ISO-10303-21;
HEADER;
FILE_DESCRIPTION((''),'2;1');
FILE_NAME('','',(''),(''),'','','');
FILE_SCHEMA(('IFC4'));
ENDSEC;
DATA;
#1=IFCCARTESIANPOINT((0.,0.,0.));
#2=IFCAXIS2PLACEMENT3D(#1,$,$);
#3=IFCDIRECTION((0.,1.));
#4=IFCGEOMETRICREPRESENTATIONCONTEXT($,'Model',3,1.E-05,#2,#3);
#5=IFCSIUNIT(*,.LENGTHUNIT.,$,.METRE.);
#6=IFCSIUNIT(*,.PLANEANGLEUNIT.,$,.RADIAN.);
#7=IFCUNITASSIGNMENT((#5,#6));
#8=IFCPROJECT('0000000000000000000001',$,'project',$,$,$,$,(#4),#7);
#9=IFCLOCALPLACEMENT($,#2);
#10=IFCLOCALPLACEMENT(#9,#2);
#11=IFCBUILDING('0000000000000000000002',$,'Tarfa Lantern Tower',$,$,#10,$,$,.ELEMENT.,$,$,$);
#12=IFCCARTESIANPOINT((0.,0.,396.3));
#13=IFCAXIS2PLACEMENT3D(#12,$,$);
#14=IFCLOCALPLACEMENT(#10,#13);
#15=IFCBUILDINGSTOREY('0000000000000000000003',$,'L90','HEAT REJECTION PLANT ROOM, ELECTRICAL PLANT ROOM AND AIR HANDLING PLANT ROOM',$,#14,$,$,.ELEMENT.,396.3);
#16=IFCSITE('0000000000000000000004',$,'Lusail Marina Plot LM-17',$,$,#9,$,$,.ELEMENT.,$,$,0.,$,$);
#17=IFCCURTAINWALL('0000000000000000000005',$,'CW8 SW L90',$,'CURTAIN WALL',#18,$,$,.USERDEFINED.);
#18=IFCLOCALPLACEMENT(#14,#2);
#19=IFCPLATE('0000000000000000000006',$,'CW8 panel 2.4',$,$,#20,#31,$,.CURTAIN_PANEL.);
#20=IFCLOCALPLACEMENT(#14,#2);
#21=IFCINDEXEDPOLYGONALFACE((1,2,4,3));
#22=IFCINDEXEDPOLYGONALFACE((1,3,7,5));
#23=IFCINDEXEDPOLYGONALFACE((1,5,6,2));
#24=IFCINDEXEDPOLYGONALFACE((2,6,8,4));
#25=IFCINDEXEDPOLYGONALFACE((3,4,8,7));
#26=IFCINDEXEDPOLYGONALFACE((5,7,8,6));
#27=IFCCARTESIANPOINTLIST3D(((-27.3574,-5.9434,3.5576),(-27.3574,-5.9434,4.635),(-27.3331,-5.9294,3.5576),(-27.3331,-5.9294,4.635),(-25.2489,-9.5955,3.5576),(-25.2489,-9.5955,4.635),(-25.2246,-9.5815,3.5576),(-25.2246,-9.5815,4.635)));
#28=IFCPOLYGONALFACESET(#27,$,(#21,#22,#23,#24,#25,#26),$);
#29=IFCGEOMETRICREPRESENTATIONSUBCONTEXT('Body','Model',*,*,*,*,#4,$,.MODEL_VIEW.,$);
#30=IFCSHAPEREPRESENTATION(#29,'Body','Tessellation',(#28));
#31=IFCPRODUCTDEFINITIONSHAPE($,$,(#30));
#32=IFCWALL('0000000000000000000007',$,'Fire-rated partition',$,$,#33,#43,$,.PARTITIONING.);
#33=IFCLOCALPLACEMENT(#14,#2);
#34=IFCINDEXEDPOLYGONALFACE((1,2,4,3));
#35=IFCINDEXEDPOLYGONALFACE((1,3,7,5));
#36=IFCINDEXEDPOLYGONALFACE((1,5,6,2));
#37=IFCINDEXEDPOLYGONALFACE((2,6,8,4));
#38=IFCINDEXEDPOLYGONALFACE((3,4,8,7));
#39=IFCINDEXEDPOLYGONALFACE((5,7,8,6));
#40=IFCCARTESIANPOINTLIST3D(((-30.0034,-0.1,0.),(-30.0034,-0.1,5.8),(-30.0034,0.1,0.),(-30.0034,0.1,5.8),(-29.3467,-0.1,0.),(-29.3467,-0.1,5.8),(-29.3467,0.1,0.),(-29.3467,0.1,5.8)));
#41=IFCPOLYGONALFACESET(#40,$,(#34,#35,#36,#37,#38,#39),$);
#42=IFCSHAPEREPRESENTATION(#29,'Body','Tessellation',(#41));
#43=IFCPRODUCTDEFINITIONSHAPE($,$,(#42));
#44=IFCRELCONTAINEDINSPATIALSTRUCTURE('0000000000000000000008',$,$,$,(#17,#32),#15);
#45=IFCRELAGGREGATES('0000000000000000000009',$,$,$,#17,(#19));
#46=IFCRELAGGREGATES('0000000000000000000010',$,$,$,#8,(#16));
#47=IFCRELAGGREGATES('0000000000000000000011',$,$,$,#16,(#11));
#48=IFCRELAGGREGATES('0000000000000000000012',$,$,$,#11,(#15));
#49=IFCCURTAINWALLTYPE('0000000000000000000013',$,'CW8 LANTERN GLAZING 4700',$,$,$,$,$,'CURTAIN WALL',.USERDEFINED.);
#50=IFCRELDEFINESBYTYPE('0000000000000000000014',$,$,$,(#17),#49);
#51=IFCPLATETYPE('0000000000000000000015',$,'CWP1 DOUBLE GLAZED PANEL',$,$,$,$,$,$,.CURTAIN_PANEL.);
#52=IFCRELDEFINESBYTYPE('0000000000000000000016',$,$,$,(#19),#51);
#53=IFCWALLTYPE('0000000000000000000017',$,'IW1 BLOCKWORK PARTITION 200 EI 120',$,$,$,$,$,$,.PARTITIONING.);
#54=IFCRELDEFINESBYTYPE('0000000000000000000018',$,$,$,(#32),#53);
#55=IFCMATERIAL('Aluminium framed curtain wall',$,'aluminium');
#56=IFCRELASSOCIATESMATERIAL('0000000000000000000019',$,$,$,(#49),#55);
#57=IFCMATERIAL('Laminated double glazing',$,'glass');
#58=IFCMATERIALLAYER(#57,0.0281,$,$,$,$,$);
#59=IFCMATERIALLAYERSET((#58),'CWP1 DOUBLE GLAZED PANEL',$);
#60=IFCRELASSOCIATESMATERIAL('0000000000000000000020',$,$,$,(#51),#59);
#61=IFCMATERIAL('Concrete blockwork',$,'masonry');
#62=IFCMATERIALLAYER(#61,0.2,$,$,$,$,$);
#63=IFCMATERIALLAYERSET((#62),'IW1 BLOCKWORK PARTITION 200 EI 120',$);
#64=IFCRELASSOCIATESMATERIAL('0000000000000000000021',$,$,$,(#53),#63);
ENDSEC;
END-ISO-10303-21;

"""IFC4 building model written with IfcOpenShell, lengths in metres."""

from ifc_helpers import new_model, si_unit, direction, frame, frame_2d, origin, origin_2d, place, context, subcontext, project, spatial, rectangle, extrude, material, layer, layer_set, type_object, element, aggregate, save


model = new_model("IFC4")

# Units and contexts
model_context = context("Model", 3, precision=1e-05, world=origin(), true_north=direction((0.0, 1.0)))
body_context = subcontext(model_context, "Body", "Model", "MODEL_VIEW")
ifc_project = project(units=[si_unit("LENGTHUNIT", "METRE"), si_unit("PLANEANGLEUNIT", "RADIAN")], contexts=[model_context])

# Site, building, storey
site_placement = place(None, origin())
site = spatial("IfcSite", under=ifc_project, at=site_placement, Name="Lusail Marina Plot LM-17", CompositionType="ELEMENT", RefElevation=0.0)
building_placement = place(site_placement, origin())
building = spatial("IfcBuilding", under=site, at=building_placement, Name="Tarfa Lantern Tower", CompositionType="ELEMENT")
storey_placement = place(building_placement, frame((0.0, 0.0, 396.3)))
storey = spatial("IfcBuildingStorey", under=building, at=storey_placement, Name="L90", Description="HEAT REJECTION PLANT ROOM, ELECTRICAL PLANT ROOM AND AIR HANDLING PLANT ROOM", CompositionType="ELEMENT", Elevation=396.3)

# Curtain wall
ifc_material_1 = material(Name="Aluminium framed curtain wall", Category="aluminium")
curtain_wall_type = type_object("IfcCurtainWallType", Name="CW8 LANTERN GLAZING 4700", ElementType="CURTAIN WALL", PredefinedType="USERDEFINED", material=ifc_material_1)
curtain_wall_1_placement = place(storey_placement, origin())
curtain_wall_1 = element("IfcCurtainWall", 1, at=curtain_wall_1_placement, inside=storey, type_object=curtain_wall_type, Name="CW8 SW L90", ObjectType="CURTAIN WALL", PredefinedType="USERDEFINED")

# Plate
ifc_material_2 = material(Name="Laminated double glazing", Category="glass")
ifc_layer_1 = layer(ifc_material_2, 0.0281)
ifc_layer_set_1 = layer_set([ifc_layer_1], Name="CWP1 DOUBLE GLAZED PANEL")
plate_type = type_object("IfcPlateType", Name="CWP1 DOUBLE GLAZED PANEL", PredefinedType="CURTAIN_PANEL", material=ifc_layer_set_1)
plate_1_placement = place(storey_placement, frame((-26.291, -7.7625, 3.5576), z_axis=(0.0, 0.0, 1.0), x_axis=(0.5, -0.866025, 0.0)))
plate_1 = element("IfcPlate", 2, at=plate_1_placement, type_object=plate_type, Name="CW8 panel 2.4", PredefinedType="CURTAIN_PANEL", context=body_context, shape_type="SweptSolid", body=[
    extrude(rectangle(XDim=4.217, YDim=0.0281, at=origin_2d()), origin(), (0.0, 0.0, 1.0), 1.0774),
])
aggregate(curtain_wall_1, [plate_1])

# Wall
ifc_material_3 = material(Name="Concrete blockwork", Category="masonry")
ifc_layer_2 = layer(ifc_material_3, 0.2)
ifc_layer_set_2 = layer_set([ifc_layer_2], Name="IW1 BLOCKWORK PARTITION 200 EI 120")
wall_type = type_object("IfcWallType", Name="IW1 BLOCKWORK PARTITION 200 EI 120", PredefinedType="PARTITIONING", material=ifc_layer_set_2)
wall_placement = place(storey_placement, frame((-29.3467, 0.0, 0.0), z_axis=(0.0, 0.0, 1.0), x_axis=(-1.0, 0.0, 0.0)))
element("IfcWall", 3, at=wall_placement, inside=storey, type_object=wall_type, Name="Fire-rated partition", PredefinedType="PARTITIONING", context=body_context, shape_type="SweptSolid", body=[
    extrude(rectangle(XDim=0.6567, YDim=0.2, at=frame_2d((0.3284, 0.0))), origin(), (0.0, 0.0, 1.0), 5.8),
])

save(model, "model.ifc")
